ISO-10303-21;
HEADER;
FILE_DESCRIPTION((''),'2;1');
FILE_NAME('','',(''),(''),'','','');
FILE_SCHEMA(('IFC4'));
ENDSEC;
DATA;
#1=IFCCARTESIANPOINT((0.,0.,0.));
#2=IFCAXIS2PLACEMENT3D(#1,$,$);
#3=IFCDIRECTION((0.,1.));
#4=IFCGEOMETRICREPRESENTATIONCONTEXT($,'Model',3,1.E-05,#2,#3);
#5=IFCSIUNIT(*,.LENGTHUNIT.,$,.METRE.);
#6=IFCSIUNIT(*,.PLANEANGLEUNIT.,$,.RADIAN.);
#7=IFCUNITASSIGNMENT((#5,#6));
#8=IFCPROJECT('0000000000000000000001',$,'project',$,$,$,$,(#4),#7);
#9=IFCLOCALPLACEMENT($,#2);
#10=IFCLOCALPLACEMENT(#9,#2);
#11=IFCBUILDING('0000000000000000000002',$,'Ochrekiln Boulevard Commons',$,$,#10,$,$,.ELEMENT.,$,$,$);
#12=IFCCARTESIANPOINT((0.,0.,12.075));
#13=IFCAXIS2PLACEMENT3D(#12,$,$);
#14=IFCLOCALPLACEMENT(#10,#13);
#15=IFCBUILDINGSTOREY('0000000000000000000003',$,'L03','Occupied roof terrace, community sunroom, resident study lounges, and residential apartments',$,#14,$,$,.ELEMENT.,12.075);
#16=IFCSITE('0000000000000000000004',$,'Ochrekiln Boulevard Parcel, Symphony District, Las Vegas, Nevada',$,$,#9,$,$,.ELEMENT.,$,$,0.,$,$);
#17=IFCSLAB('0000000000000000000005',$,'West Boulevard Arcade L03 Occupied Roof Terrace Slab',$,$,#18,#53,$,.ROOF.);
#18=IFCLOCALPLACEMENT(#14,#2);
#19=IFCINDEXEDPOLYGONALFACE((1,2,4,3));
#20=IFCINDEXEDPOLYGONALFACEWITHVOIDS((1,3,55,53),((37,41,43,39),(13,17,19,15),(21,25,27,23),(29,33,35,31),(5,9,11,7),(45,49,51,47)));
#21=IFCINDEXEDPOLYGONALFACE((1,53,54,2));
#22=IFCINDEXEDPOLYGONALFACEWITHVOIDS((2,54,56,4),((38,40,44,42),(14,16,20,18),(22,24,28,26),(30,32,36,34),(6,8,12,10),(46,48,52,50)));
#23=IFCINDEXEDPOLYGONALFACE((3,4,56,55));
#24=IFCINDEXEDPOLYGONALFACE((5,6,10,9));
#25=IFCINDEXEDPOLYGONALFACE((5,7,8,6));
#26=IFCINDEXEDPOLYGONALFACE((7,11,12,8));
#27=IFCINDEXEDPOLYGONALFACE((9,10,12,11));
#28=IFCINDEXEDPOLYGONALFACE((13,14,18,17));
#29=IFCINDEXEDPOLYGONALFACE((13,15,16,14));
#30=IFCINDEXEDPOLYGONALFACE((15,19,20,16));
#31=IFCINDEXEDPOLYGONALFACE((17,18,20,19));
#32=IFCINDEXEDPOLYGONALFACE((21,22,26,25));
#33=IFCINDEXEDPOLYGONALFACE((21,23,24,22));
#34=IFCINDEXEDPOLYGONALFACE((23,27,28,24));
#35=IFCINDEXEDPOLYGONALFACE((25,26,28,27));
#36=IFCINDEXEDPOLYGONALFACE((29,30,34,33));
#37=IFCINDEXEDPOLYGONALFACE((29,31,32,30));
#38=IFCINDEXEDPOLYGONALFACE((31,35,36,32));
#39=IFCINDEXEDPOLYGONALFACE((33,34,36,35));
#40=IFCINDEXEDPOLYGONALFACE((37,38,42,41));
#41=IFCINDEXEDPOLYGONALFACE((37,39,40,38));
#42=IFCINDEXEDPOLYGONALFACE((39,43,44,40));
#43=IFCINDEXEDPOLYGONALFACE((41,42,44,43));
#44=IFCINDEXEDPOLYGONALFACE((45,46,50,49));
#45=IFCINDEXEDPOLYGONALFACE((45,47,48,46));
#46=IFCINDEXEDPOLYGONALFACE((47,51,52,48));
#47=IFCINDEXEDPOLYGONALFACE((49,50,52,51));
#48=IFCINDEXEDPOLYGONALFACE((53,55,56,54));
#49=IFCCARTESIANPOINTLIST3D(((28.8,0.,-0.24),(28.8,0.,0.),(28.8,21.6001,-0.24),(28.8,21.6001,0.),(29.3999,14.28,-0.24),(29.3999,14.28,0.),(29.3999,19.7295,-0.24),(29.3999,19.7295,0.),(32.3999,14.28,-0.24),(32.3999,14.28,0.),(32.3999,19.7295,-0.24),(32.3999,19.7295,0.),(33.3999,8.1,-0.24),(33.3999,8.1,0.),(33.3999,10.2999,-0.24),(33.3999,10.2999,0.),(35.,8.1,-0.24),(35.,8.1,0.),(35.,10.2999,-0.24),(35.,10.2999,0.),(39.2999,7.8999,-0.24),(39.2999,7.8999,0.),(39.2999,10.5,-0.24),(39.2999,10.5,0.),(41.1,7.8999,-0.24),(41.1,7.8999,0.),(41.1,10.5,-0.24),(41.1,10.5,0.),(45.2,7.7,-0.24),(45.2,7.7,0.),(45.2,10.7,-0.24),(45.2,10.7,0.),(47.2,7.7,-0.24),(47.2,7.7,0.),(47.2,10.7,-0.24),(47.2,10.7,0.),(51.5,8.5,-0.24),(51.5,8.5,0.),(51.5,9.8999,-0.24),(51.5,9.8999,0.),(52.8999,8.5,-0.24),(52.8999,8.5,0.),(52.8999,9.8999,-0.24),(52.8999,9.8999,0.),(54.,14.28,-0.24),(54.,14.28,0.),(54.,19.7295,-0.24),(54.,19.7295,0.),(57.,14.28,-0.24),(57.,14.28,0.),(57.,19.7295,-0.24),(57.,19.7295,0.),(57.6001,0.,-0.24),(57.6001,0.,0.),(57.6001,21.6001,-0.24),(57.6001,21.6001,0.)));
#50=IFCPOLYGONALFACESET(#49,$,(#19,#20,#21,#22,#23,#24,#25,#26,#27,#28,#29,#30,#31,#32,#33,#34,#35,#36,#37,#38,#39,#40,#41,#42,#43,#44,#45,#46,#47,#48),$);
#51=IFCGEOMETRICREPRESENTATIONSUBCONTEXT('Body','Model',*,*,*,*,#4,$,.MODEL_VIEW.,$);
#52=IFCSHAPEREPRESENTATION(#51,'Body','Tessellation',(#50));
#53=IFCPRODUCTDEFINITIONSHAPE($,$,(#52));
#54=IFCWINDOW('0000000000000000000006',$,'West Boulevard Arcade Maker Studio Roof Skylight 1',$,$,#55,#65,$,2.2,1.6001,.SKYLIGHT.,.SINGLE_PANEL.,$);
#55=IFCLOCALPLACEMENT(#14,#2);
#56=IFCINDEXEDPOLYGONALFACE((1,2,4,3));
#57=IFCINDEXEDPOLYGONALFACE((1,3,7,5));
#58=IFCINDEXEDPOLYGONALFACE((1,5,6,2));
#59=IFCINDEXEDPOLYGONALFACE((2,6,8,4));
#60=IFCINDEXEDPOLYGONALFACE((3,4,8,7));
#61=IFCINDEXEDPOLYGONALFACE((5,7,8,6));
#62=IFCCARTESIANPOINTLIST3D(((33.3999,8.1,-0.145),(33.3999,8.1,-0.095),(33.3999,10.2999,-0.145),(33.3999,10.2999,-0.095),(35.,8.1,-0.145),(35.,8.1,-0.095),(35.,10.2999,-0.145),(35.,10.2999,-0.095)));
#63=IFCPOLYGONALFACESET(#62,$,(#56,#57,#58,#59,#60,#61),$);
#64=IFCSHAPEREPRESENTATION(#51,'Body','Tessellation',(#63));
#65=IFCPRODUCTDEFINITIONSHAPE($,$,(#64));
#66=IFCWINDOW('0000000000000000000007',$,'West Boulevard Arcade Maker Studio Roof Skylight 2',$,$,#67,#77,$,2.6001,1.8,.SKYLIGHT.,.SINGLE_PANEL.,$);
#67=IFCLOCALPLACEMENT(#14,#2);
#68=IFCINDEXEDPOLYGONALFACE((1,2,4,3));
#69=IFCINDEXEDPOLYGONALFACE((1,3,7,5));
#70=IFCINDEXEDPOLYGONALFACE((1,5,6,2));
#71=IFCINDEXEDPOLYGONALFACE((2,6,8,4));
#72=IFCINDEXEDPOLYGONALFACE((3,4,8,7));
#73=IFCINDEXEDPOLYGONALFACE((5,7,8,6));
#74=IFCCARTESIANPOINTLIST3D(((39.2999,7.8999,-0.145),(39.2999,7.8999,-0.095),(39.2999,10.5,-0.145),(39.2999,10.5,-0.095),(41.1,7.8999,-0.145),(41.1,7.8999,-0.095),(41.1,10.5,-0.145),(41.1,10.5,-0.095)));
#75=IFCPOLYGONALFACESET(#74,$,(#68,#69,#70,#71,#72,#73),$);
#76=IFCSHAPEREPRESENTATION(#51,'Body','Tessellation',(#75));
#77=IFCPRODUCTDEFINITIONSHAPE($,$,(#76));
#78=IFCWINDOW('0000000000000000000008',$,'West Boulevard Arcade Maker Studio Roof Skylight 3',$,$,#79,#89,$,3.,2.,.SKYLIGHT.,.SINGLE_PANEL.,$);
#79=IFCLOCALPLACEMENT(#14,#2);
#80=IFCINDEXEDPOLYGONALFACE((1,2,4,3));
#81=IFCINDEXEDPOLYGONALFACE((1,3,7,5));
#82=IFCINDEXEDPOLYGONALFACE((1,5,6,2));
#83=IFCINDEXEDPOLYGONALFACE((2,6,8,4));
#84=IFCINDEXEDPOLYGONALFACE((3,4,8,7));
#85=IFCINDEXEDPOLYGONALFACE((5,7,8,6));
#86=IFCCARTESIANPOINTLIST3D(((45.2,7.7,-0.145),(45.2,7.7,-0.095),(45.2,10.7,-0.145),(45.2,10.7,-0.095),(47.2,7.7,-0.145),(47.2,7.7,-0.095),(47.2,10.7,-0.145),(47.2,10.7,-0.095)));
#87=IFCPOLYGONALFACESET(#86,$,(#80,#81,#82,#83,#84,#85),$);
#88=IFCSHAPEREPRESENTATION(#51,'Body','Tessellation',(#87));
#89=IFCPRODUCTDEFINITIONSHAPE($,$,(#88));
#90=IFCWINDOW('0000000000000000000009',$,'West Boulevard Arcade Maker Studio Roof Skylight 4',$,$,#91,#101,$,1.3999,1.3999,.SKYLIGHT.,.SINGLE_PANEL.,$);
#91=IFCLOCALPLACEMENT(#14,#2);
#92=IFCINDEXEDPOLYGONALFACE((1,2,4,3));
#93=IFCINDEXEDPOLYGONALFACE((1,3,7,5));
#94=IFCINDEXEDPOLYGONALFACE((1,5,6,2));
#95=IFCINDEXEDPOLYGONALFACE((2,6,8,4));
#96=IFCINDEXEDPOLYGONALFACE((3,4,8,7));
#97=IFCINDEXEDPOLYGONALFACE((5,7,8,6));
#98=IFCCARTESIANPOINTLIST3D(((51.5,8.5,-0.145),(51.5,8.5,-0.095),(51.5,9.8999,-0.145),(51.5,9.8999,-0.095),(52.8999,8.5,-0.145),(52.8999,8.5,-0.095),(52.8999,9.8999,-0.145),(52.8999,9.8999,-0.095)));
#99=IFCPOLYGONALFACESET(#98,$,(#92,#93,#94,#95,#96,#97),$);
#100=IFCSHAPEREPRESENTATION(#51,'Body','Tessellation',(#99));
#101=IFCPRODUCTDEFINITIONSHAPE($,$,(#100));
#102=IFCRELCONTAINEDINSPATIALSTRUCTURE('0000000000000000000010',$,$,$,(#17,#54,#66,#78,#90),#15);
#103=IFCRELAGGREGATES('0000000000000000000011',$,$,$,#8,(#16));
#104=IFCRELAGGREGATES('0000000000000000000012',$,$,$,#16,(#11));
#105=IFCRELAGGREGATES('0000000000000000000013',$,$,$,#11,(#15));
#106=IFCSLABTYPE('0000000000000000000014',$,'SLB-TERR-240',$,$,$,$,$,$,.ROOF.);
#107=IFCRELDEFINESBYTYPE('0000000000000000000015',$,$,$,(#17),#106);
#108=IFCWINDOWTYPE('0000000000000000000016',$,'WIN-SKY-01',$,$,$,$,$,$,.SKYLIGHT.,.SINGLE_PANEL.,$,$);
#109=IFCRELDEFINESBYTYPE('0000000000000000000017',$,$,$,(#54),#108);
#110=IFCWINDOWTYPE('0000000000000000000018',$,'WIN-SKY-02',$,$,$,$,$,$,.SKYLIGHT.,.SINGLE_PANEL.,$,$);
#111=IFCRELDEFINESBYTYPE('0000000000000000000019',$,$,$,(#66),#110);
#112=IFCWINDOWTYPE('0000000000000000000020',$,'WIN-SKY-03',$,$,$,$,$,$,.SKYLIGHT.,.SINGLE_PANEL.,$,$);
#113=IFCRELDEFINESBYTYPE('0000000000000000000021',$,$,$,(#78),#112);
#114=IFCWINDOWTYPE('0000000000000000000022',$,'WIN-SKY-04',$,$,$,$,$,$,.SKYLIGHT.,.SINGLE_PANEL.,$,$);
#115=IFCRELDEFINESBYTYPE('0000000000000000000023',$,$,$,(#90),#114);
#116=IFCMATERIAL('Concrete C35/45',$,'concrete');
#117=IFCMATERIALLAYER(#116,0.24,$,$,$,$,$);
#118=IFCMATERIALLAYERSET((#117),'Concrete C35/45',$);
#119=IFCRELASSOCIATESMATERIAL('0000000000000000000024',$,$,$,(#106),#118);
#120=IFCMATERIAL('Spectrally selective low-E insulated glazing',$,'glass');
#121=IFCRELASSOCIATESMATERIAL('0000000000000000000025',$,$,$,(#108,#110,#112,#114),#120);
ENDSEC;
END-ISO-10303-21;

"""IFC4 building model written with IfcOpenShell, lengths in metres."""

from ifc_helpers import new_model, si_unit, direction, frame, origin, origin_2d, place, context, subcontext, project, spatial, polyline, rectangle, outline, extrude, material, layer, layer_set, type_object, element, fill, save


model = new_model("IFC4")

# Units and contexts
model_context = context("Model", 3, precision=1e-05, world=origin(), true_north=direction((0.0, 1.0)))
body_context = subcontext(model_context, "Body", "Model", "MODEL_VIEW")
ifc_project = project(units=[si_unit("LENGTHUNIT", "METRE"), si_unit("PLANEANGLEUNIT", "RADIAN")], contexts=[model_context])

# Site, building, storey
site_placement = place(None, origin())
site = spatial("IfcSite", under=ifc_project, at=site_placement, Name="Ochrekiln Boulevard Parcel, Symphony District, Las Vegas, Nevada", CompositionType="ELEMENT", RefElevation=0.0)
building_placement = place(site_placement, origin())
building = spatial("IfcBuilding", under=site, at=building_placement, Name="Ochrekiln Boulevard Commons", CompositionType="ELEMENT")
storey_placement = place(building_placement, frame((0.0, 0.0, 12.075)))
storey = spatial("IfcBuildingStorey", under=building, at=storey_placement, Name="L03", Description="Occupied roof terrace, community sunroom, resident study lounges, and residential apartments", CompositionType="ELEMENT", Elevation=12.075)

# Shared definitions
ifc_material_1 = material(Name="Concrete C35/45", Category="concrete")

# Slab, openings, windows
ifc_layer_1 = layer(ifc_material_1, 0.24)
ifc_layer_set_1 = layer_set([ifc_layer_1], Name="Concrete C35/45")
slab_type_1 = type_object("IfcSlabType", Name="SLB-TERR-240", PredefinedType="ROOF", material=ifc_layer_set_1)
slab_1_placement = place(storey_placement, frame((0.0, 0.0, -0.24)))
slab_1 = element("IfcSlab", 1, at=slab_1_placement, inside=storey, type_object=slab_type_1, Name="West Boulevard Arcade L03 Occupied Roof Terrace Slab", PredefinedType="ROOF", context=body_context, shape_type="SweptSolid", body=[
    extrude(outline(polyline([(28.8, 0.0), (57.6001, 0.0), (57.6001, 21.6001), (28.8, 21.6001), (28.8, 0.0)]), holes=[polyline([(29.3999, 19.7295), (29.3999, 14.28), (32.3999, 14.28), (32.3999, 19.7295), (29.3999, 19.7295)]), polyline([(54.0, 19.7295), (54.0, 14.28), (57.0, 14.28), (57.0, 19.7295), (54.0, 19.7295)])]), origin(), (0.0, 0.0, 1.0), 0.24),
])
opening_1_placement = place(slab_1_placement, frame((34.2, 9.2, 0.0)))
opening_1 = element("IfcOpeningElement", 2, at=opening_1_placement, cuts=slab_1, PredefinedType="OPENING", context=body_context, shape_type="SweptSolid", body=[
    extrude(rectangle(XDim=1.6001, YDim=2.2, at=origin_2d()), frame((0.0, 0.0, -0.01)), (0.0, 0.0, 1.0), 0.26),
])
opening_2_placement = place(slab_1_placement, frame((40.2, 9.2, 0.0)))
opening_2 = element("IfcOpeningElement", 3, at=opening_2_placement, cuts=slab_1, PredefinedType="OPENING", context=body_context, shape_type="SweptSolid", body=[
    extrude(rectangle(XDim=1.8, YDim=2.6001, at=origin_2d()), frame((0.0, 0.0, -0.01)), (0.0, 0.0, 1.0), 0.26),
])
opening_3_placement = place(slab_1_placement, frame((46.2, 9.2, 0.0)))
opening_3 = element("IfcOpeningElement", 4, at=opening_3_placement, cuts=slab_1, PredefinedType="OPENING", context=body_context, shape_type="SweptSolid", body=[
    extrude(rectangle(XDim=2.0, YDim=3.0, at=origin_2d()), frame((0.0, 0.0, -0.01)), (0.0, 0.0, 1.0), 0.26),
])
opening_4_placement = place(slab_1_placement, frame((52.2, 9.2, 0.0)))
opening_4 = element("IfcOpeningElement", 5, at=opening_4_placement, cuts=slab_1, PredefinedType="OPENING", context=body_context, shape_type="SweptSolid", body=[
    extrude(rectangle(XDim=1.3999, YDim=1.3999, at=origin_2d()), frame((0.0, 0.0, -0.01)), (0.0, 0.0, 1.0), 0.26),
])
ifc_material_2 = material(Name="Spectrally selective low-E insulated glazing", Category="glass")
window_type_1 = type_object("IfcWindowType", Name="WIN-SKY-01", PartitioningType="SINGLE_PANEL", PredefinedType="SKYLIGHT", material=ifc_material_2)
window_1_placement = place(opening_1_placement, frame((0.0, 0.0, 0.095)))
window_1 = element("IfcWindow", 6, at=window_1_placement, inside=storey, type_object=window_type_1, Name="West Boulevard Arcade Maker Studio Roof Skylight 1", OverallHeight=2.2, OverallWidth=1.6001, PartitioningType="SINGLE_PANEL", PredefinedType="SKYLIGHT", context=body_context, shape_type="SweptSolid", body=[
    extrude(rectangle(XDim=1.6001, YDim=2.2, at=origin_2d()), origin(), (0.0, 0.0, 1.0), 0.05),
])
fill(opening_1, window_1)
window_type_2 = type_object("IfcWindowType", Name="WIN-SKY-02", PartitioningType="SINGLE_PANEL", PredefinedType="SKYLIGHT", material=ifc_material_2)
window_2_placement = place(opening_2_placement, frame((0.0, 0.0, 0.095)))
window_2 = element("IfcWindow", 7, at=window_2_placement, inside=storey, type_object=window_type_2, Name="West Boulevard Arcade Maker Studio Roof Skylight 2", OverallHeight=2.6001, OverallWidth=1.8, PartitioningType="SINGLE_PANEL", PredefinedType="SKYLIGHT", context=body_context, shape_type="SweptSolid", body=[
    extrude(rectangle(XDim=1.8, YDim=2.6001, at=origin_2d()), origin(), (0.0, 0.0, 1.0), 0.05),
])
fill(opening_2, window_2)
window_type_3 = type_object("IfcWindowType", Name="WIN-SKY-03", PartitioningType="SINGLE_PANEL", PredefinedType="SKYLIGHT", material=ifc_material_2)
window_3_placement = place(opening_3_placement, frame((0.0, 0.0, 0.095)))
window_3 = element("IfcWindow", 8, at=window_3_placement, inside=storey, type_object=window_type_3, Name="West Boulevard Arcade Maker Studio Roof Skylight 3", OverallHeight=3.0, OverallWidth=2.0, PartitioningType="SINGLE_PANEL", PredefinedType="SKYLIGHT", context=body_context, shape_type="SweptSolid", body=[
    extrude(rectangle(XDim=2.0, YDim=3.0, at=origin_2d()), origin(), (0.0, 0.0, 1.0), 0.05),
])
fill(opening_3, window_3)
window_type_4 = type_object("IfcWindowType", Name="WIN-SKY-04", PartitioningType="SINGLE_PANEL", PredefinedType="SKYLIGHT", material=ifc_material_2)
window_4_placement = place(opening_4_placement, frame((0.0, 0.0, 0.095)))
window_4 = element("IfcWindow", 9, at=window_4_placement, inside=storey, type_object=window_type_4, Name="West Boulevard Arcade Maker Studio Roof Skylight 4", OverallHeight=1.3999, OverallWidth=1.3999, PartitioningType="SINGLE_PANEL", PredefinedType="SKYLIGHT", context=body_context, shape_type="SweptSolid", body=[
    extrude(rectangle(XDim=1.3999, YDim=1.3999, at=origin_2d()), origin(), (0.0, 0.0, 1.0), 0.05),
])
fill(opening_4, window_4)

save(model, "model.ifc")
